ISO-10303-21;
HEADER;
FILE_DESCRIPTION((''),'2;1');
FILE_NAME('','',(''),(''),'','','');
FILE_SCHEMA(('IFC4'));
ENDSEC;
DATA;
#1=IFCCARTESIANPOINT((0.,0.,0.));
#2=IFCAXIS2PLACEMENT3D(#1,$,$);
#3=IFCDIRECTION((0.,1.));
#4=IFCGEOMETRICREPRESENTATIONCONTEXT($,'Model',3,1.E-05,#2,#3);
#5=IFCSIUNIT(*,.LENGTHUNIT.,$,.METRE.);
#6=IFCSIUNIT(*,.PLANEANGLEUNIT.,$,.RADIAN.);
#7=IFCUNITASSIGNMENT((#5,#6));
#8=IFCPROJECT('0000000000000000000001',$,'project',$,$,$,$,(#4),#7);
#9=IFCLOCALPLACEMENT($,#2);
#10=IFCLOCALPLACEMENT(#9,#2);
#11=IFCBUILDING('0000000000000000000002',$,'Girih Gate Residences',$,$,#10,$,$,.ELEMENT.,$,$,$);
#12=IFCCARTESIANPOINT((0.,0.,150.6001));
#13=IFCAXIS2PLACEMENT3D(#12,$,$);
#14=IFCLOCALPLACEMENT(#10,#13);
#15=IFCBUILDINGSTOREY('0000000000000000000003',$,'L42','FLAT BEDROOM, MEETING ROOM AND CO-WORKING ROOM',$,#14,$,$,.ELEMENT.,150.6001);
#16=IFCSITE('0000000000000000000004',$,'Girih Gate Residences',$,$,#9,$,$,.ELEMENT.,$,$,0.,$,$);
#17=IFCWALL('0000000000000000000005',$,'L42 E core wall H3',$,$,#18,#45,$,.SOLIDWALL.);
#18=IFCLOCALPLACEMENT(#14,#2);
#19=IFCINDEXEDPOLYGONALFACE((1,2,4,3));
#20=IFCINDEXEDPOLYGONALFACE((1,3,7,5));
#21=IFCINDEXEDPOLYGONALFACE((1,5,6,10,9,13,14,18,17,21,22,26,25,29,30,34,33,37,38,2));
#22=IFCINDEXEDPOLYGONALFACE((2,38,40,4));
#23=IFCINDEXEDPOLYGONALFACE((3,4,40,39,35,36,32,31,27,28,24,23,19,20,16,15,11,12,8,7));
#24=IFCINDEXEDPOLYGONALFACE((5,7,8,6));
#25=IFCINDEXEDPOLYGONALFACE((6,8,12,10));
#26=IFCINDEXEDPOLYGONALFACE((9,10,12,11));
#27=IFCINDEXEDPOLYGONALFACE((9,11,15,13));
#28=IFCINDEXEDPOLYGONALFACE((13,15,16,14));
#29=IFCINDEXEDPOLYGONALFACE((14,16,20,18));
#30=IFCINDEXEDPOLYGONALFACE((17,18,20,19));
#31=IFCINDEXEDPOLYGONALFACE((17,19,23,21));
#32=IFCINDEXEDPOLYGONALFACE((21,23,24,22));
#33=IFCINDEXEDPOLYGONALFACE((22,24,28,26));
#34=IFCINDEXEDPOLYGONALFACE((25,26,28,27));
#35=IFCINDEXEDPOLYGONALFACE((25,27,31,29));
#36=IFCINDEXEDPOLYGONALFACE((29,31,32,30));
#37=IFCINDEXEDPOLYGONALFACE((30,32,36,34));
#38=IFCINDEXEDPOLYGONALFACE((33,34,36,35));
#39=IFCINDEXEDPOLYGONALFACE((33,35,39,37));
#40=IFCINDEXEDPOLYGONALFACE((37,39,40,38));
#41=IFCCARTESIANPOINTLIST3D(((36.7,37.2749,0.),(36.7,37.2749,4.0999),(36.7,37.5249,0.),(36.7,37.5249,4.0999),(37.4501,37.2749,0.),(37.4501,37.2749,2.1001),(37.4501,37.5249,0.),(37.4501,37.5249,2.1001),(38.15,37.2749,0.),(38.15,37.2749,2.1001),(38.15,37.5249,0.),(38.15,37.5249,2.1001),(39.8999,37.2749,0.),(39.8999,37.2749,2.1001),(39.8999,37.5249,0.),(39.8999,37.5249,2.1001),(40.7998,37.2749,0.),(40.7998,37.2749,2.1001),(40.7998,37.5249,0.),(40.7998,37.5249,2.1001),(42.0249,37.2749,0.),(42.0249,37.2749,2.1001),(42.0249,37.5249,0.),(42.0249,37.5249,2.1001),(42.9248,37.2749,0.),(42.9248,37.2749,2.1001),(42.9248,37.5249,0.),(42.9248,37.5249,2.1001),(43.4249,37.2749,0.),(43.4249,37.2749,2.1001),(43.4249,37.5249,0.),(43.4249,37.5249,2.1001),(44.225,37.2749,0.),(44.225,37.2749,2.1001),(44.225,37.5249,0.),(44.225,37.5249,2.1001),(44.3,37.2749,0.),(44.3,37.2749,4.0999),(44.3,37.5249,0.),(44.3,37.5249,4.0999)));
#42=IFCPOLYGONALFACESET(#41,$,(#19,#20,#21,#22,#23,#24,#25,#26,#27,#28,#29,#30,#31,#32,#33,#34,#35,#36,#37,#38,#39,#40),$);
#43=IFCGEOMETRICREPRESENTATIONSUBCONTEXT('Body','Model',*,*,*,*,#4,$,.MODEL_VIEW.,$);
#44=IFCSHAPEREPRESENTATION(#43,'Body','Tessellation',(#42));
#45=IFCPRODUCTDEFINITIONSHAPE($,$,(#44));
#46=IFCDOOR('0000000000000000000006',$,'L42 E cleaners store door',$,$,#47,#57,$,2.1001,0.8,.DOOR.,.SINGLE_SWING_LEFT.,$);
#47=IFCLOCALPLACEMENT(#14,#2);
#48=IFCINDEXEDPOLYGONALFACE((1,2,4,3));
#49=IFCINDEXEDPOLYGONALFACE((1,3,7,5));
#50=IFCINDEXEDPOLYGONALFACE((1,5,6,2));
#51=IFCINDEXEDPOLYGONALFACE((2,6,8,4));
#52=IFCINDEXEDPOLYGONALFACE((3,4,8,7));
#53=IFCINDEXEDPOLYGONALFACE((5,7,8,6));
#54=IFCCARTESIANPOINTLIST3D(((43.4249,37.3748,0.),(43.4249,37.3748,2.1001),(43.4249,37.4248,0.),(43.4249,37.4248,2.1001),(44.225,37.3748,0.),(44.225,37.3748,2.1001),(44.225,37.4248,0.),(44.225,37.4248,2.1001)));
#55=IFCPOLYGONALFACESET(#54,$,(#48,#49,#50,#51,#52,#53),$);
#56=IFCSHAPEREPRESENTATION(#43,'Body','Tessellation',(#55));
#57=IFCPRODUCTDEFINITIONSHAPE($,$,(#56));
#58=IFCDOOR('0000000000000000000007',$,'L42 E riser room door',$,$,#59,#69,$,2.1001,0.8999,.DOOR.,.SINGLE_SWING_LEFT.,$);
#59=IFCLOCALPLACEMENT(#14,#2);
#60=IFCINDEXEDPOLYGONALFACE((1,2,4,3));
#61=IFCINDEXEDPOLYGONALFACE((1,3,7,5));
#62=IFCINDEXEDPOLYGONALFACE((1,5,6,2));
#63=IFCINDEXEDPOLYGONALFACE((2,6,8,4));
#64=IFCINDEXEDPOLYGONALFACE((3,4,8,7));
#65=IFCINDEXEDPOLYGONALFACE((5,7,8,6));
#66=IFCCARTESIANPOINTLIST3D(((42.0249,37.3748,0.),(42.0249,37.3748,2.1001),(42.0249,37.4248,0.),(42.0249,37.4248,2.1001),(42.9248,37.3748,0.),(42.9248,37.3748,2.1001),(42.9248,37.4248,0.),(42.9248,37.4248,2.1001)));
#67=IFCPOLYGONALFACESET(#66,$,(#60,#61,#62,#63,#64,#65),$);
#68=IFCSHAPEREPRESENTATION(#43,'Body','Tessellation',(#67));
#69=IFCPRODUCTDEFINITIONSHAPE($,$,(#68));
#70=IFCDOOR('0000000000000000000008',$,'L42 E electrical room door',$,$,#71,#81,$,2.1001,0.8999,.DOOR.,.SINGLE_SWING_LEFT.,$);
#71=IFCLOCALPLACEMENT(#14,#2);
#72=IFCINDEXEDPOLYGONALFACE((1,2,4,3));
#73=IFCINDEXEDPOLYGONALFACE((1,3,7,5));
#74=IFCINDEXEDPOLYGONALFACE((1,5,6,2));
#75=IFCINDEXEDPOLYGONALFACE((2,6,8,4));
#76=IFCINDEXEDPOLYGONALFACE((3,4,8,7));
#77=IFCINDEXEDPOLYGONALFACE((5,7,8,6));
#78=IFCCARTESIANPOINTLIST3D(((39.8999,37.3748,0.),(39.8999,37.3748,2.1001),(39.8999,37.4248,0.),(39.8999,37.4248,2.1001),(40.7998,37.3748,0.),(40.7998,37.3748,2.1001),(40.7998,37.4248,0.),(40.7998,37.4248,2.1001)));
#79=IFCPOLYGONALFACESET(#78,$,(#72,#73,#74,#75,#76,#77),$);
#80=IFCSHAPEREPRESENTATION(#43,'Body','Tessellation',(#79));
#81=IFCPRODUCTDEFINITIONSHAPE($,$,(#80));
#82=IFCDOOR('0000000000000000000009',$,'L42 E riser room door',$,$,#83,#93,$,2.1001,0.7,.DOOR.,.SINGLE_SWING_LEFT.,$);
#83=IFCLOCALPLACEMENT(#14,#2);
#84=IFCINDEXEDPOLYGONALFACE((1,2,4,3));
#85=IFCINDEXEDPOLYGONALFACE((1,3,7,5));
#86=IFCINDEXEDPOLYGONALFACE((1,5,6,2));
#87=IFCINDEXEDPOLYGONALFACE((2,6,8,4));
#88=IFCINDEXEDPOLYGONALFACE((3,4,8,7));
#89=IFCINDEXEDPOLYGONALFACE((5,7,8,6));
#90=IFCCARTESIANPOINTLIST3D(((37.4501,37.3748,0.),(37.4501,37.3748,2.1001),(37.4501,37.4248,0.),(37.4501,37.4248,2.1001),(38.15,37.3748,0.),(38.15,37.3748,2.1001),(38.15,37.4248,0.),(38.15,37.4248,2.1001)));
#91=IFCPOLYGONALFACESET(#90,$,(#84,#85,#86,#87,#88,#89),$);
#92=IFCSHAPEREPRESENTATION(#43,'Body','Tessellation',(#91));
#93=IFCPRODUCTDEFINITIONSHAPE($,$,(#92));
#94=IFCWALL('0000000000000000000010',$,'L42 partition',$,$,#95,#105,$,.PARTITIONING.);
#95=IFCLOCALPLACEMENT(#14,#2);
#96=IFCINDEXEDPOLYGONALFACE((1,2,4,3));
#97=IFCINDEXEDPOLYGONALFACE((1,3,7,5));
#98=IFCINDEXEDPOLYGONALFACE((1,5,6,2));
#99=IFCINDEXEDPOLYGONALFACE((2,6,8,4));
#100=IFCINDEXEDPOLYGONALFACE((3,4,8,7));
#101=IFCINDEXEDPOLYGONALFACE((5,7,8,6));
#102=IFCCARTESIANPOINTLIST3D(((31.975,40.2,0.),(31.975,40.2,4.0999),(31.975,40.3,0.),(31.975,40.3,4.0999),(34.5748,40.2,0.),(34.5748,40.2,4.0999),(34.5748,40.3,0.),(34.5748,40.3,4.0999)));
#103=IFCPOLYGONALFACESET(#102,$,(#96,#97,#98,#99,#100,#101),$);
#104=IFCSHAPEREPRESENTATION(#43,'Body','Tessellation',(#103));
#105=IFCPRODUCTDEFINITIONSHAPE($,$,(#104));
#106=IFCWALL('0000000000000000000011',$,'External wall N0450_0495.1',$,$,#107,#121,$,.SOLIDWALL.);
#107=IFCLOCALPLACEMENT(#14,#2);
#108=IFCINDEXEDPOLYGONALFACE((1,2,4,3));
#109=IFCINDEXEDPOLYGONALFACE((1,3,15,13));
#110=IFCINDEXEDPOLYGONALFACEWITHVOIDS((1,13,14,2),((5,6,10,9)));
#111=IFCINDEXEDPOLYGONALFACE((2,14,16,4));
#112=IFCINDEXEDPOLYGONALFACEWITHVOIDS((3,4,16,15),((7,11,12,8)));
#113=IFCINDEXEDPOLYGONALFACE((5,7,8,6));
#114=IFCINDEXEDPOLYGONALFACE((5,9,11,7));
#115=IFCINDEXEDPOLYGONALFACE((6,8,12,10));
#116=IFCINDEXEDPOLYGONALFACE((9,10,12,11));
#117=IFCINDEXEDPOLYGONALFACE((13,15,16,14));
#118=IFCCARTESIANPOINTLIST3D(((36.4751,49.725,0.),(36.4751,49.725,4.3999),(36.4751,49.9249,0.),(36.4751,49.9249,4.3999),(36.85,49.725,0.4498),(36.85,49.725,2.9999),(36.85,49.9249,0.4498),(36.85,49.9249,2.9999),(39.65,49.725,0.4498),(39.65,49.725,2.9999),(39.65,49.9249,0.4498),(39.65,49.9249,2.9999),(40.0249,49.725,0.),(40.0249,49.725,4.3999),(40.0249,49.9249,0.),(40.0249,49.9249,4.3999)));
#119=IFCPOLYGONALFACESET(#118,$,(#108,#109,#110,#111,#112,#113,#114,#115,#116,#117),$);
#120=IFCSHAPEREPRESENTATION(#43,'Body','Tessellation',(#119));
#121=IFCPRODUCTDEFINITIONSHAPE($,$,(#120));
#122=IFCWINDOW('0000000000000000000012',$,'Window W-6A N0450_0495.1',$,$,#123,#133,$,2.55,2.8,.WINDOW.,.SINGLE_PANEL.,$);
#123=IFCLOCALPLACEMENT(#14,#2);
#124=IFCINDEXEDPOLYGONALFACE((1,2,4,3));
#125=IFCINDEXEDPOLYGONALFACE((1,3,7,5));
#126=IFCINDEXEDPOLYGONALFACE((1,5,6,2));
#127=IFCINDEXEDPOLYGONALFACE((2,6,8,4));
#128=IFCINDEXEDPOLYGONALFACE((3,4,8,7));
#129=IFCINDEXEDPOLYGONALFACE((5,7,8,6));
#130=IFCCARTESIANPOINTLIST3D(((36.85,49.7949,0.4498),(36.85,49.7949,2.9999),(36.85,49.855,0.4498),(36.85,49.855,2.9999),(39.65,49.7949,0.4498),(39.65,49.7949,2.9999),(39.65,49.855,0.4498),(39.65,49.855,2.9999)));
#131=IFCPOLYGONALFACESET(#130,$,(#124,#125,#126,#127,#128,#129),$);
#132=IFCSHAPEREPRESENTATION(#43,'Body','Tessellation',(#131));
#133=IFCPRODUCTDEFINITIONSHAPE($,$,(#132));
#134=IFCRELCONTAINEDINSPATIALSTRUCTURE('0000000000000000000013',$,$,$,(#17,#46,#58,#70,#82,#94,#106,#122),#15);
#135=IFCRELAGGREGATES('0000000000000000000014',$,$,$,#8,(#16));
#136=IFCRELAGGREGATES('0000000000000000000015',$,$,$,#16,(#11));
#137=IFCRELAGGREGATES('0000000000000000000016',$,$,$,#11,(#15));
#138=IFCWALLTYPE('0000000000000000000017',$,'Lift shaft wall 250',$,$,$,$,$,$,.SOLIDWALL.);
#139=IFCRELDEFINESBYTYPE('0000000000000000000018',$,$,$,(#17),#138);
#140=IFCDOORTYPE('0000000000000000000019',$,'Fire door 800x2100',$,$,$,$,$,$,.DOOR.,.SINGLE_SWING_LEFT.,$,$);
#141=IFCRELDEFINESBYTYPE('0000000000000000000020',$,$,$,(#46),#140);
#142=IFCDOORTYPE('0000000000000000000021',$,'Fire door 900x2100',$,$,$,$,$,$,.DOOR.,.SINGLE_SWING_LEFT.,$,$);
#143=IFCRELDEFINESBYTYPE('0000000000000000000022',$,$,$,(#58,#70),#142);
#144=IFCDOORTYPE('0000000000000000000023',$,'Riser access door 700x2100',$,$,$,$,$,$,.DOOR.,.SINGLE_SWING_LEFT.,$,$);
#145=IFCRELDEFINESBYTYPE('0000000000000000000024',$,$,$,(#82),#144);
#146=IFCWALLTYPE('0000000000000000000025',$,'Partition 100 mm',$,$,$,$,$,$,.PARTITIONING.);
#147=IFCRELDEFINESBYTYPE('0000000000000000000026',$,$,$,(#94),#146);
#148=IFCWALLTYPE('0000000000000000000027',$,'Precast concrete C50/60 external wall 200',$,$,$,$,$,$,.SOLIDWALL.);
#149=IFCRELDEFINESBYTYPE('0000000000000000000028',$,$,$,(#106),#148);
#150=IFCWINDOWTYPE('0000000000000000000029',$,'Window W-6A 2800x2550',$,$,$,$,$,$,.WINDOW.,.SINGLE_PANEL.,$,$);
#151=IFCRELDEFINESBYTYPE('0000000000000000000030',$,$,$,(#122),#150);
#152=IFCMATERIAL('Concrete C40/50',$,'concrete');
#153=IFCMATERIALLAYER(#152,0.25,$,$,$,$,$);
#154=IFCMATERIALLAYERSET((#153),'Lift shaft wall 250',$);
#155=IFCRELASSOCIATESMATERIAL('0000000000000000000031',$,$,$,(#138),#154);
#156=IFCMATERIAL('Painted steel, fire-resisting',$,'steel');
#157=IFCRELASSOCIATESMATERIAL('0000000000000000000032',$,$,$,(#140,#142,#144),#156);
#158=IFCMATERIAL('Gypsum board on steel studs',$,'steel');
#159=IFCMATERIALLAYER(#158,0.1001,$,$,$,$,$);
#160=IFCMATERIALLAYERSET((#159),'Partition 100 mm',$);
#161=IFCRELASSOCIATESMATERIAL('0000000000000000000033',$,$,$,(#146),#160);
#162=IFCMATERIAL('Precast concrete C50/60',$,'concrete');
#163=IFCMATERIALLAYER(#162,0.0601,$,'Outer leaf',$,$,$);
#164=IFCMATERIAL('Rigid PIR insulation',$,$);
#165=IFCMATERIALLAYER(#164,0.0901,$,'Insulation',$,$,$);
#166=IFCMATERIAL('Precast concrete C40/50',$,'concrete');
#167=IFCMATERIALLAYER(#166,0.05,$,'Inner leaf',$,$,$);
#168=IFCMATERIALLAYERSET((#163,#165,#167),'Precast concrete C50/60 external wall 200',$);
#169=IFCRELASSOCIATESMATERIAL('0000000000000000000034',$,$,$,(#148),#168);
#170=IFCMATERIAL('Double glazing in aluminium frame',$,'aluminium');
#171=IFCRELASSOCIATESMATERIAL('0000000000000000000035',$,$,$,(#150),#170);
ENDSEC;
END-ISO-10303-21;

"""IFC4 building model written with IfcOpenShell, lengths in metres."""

from ifc_helpers import new_model, si_unit, direction, frame, frame_2d, origin, place, context, subcontext, project, spatial, rectangle, extrude, material, layer, layer_set, type_object, element, fill, save


model = new_model("IFC4")

# Units and contexts
model_context = context("Model", 3, precision=1e-05, world=origin(), true_north=direction((0.0, 1.0)))
body_context = subcontext(model_context, "Body", "Model", "MODEL_VIEW")
ifc_project = project(units=[si_unit("LENGTHUNIT", "METRE"), si_unit("PLANEANGLEUNIT", "RADIAN")], contexts=[model_context])

# Site, building, storey
site_placement = place(None, origin())
site = spatial("IfcSite", under=ifc_project, at=site_placement, Name="Girih Gate Residences", CompositionType="ELEMENT", RefElevation=0.0)
building_placement = place(site_placement, origin())
building = spatial("IfcBuilding", under=site, at=building_placement, Name="Girih Gate Residences", CompositionType="ELEMENT")
storey_placement = place(building_placement, frame((0.0, 0.0, 150.6001)))
storey = spatial("IfcBuildingStorey", under=building, at=storey_placement, Name="L42", Description="FLAT BEDROOM, MEETING ROOM AND CO-WORKING ROOM", CompositionType="ELEMENT", Elevation=150.6001)

# Shared definitions
ifc_material_1 = material(Name="Gypsum board on steel studs", Category="steel")

# Wall, openings, doors
ifc_material_2 = material(Name="Concrete C40/50", Category="concrete")
ifc_layer_1 = layer(ifc_material_2, 0.25)
ifc_layer_set_1 = layer_set([ifc_layer_1], Name="Lift shaft wall 250")
wall_type_1 = type_object("IfcWallType", Name="Lift shaft wall 250", PredefinedType="SOLIDWALL", material=ifc_layer_set_1)
wall_1_placement = place(storey_placement, frame((36.7, 37.3999, 0.0), z_axis=(0.0, 0.0, 1.0), x_axis=(1.0, 0.0, 0.0)))
wall_1 = element("IfcWall", 1, at=wall_1_placement, inside=storey, type_object=wall_type_1, Name="L42 E core wall H3", PredefinedType="SOLIDWALL", context=body_context, shape_type="SweptSolid", body=[
    extrude(rectangle(XDim=7.6001, YDim=0.25, at=frame_2d((3.8, 0.0))), origin(), (0.0, 0.0, 1.0), 4.0999),
])
opening_1_placement = place(wall_1_placement, frame((0.75, 0.0, 0.0)))
opening_1 = element("IfcOpeningElement", 2, at=opening_1_placement, cuts=wall_1, PredefinedType="OPENING", context=body_context, shape_type="SweptSolid", body=[
    extrude(rectangle(XDim=0.7, YDim=2.1001, at=frame_2d((0.3501, 1.05))), frame((0.0, 0.135, 0.0), z_axis=(0.0, -1.0, 0.0), x_axis=(1.0, 0.0, 0.0)), (0.0, 0.0, 1.0), 0.27),
])
opening_2_placement = place(wall_1_placement, frame((6.7251, 0.0, 0.0)))
opening_2 = element("IfcOpeningElement", 3, at=opening_2_placement, cuts=wall_1, PredefinedType="OPENING", context=body_context, shape_type="SweptSolid", body=[
    extrude(rectangle(XDim=0.8, YDim=2.1001, at=frame_2d((0.3999, 1.05))), frame((0.0, 0.135, 0.0), z_axis=(0.0, -1.0, 0.0), x_axis=(1.0, 0.0, 0.0)), (0.0, 0.0, 1.0), 0.27),
])
opening_3_placement = place(wall_1_placement, frame((5.325, 0.0, 0.0)))
opening_3 = element("IfcOpeningElement", 4, at=opening_3_placement, cuts=wall_1, PredefinedType="OPENING", context=body_context, shape_type="SweptSolid", body=[
    extrude(rectangle(XDim=0.8999, YDim=2.1001, at=frame_2d((0.45, 1.05))), frame((0.0, 0.135, 0.0), z_axis=(0.0, -1.0, 0.0), x_axis=(1.0, 0.0, 0.0)), (0.0, 0.0, 1.0), 0.27),
])
opening_4_placement = place(wall_1_placement, frame((3.2, 0.0, 0.0)))
opening_4 = element("IfcOpeningElement", 5, at=opening_4_placement, cuts=wall_1, PredefinedType="OPENING", context=body_context, shape_type="SweptSolid", body=[
    extrude(rectangle(XDim=0.8999, YDim=2.1001, at=frame_2d((0.45, 1.05))), frame((0.0, 0.135, 0.0), z_axis=(0.0, -1.0, 0.0), x_axis=(1.0, 0.0, 0.0)), (0.0, 0.0, 1.0), 0.27),
])
ifc_material_3 = material(Name="Painted steel, fire-resisting", Category="steel")
door_type_1 = type_object("IfcDoorType", Name="Fire door 800x2100", OperationType="SINGLE_SWING_LEFT", PredefinedType="DOOR", material=ifc_material_3)
door_1_placement = place(opening_2_placement, origin())
door_1 = element("IfcDoor", 6, at=door_1_placement, inside=storey, type_object=door_type_1, Name="L42 E cleaners store door", OperationType="SINGLE_SWING_LEFT", OverallHeight=2.1001, OverallWidth=0.8, PredefinedType="DOOR", context=body_context, shape_type="SweptSolid", body=[
    extrude(rectangle(XDim=0.8, YDim=2.1001, at=frame_2d((0.3999, 1.05))), frame((0.0, 0.0249, 0.0), z_axis=(0.0, -1.0, 0.0), x_axis=(1.0, 0.0, 0.0)), (0.0, 0.0, 1.0), 0.05),
])
fill(opening_2, door_1)
door_type_2 = type_object("IfcDoorType", Name="Fire door 900x2100", OperationType="SINGLE_SWING_LEFT", PredefinedType="DOOR", material=ifc_material_3)
door_2_placement = place(opening_3_placement, origin())
door_2 = element("IfcDoor", 7, at=door_2_placement, inside=storey, type_object=door_type_2, Name="L42 E riser room door", OperationType="SINGLE_SWING_LEFT", OverallHeight=2.1001, OverallWidth=0.8999, PredefinedType="DOOR", context=body_context, shape_type="SweptSolid", body=[
    extrude(rectangle(XDim=0.8999, YDim=2.1001, at=frame_2d((0.45, 1.05))), frame((0.0, 0.0249, 0.0), z_axis=(0.0, -1.0, 0.0), x_axis=(1.0, 0.0, 0.0)), (0.0, 0.0, 1.0), 0.05),
])
fill(opening_3, door_2)
door_3_placement = place(opening_4_placement, origin())
door_3 = element("IfcDoor", 8, at=door_3_placement, inside=storey, type_object=door_type_2, Name="L42 E electrical room door", OperationType="SINGLE_SWING_LEFT", OverallHeight=2.1001, OverallWidth=0.8999, PredefinedType="DOOR", context=body_context, shape_type="SweptSolid", body=[
    extrude(rectangle(XDim=0.8999, YDim=2.1001, at=frame_2d((0.45, 1.05))), frame((0.0, 0.0249, 0.0), z_axis=(0.0, -1.0, 0.0), x_axis=(1.0, 0.0, 0.0)), (0.0, 0.0, 1.0), 0.05),
])
fill(opening_4, door_3)
door_type_3 = type_object("IfcDoorType", Name="Riser access door 700x2100", OperationType="SINGLE_SWING_LEFT", PredefinedType="DOOR", material=ifc_material_3)
door_4_placement = place(opening_1_placement, origin())
door_4 = element("IfcDoor", 9, at=door_4_placement, inside=storey, type_object=door_type_3, Name="L42 E riser room door", OperationType="SINGLE_SWING_LEFT", OverallHeight=2.1001, OverallWidth=0.7, PredefinedType="DOOR", context=body_context, shape_type="SweptSolid", body=[
    extrude(rectangle(XDim=0.7, YDim=2.1001, at=frame_2d((0.3501, 1.05))), frame((0.0, 0.0249, 0.0), z_axis=(0.0, -1.0, 0.0), x_axis=(1.0, 0.0, 0.0)), (0.0, 0.0, 1.0), 0.05),
])
fill(opening_1, door_4)

# Wall
ifc_layer_2 = layer(ifc_material_1, 0.1001)
ifc_layer_set_2 = layer_set([ifc_layer_2], Name="Partition 100 mm")
wall_type_2 = type_object("IfcWallType", Name="Partition 100 mm", PredefinedType="PARTITIONING", material=ifc_layer_set_2)
wall_2_placement = place(storey_placement, frame((31.9751, 40.25, 0.0), z_axis=(0.0, 0.0, 1.0), x_axis=(1.0, 0.0, 0.0)))
element("IfcWall", 10, at=wall_2_placement, inside=storey, type_object=wall_type_2, Name="L42 partition", PredefinedType="PARTITIONING", context=body_context, shape_type="SweptSolid", body=[
    extrude(rectangle(XDim=2.5999, YDim=0.1001, at=frame_2d((1.2998, 0.0))), origin(), (0.0, 0.0, 1.0), 4.0999),
])

# Wall, opening, window
ifc_material_4 = material(Name="Precast concrete C50/60", Category="concrete")
ifc_layer_3 = layer(ifc_material_4, 0.0601, Name="Outer leaf")
ifc_material_5 = material(Name="Rigid PIR insulation")
ifc_layer_4 = layer(ifc_material_5, 0.0901, Name="Insulation")
ifc_material_6 = material(Name="Precast concrete C40/50", Category="concrete")
ifc_layer_5 = layer(ifc_material_6, 0.05, Name="Inner leaf")
ifc_layer_set_3 = layer_set([ifc_layer_3, ifc_layer_4, ifc_layer_5], Name="Precast concrete C50/60 external wall 200")
wall_type_3 = type_object("IfcWallType", Name="Precast concrete C50/60 external wall 200", PredefinedType="SOLIDWALL", material=ifc_layer_set_3)
wall_3_placement = place(storey_placement, frame((36.4751, 49.825, 0.0), z_axis=(0.0, 0.0, 1.0), x_axis=(1.0, 0.0, 0.0)))
wall_3 = element("IfcWall", 11, at=wall_3_placement, inside=storey, type_object=wall_type_3, Name="External wall N0450_0495.1", PredefinedType="SOLIDWALL", context=body_context, shape_type="SweptSolid", body=[
    extrude(rectangle(XDim=3.5498, YDim=0.2, at=frame_2d((1.7749, 0.0))), origin(), (0.0, 0.0, 1.0), 4.3999),
])
opening_5_placement = place(wall_3_placement, frame((0.375, 0.0, 0.45)))
opening_5 = element("IfcOpeningElement", 12, at=opening_5_placement, cuts=wall_3, PredefinedType="OPENING", context=body_context, shape_type="SweptSolid", body=[
    extrude(rectangle(XDim=2.8, YDim=2.55, at=frame_2d((1.3999, 1.2749))), frame((0.0, 0.1099, 0.0), z_axis=(0.0, -1.0, 0.0), x_axis=(1.0, 0.0, 0.0)), (0.0, 0.0, 1.0), 0.22),
])
ifc_material_7 = material(Name="Double glazing in aluminium frame", Category="aluminium")
window_type = type_object("IfcWindowType", Name="Window W-6A 2800x2550", PartitioningType="SINGLE_PANEL", PredefinedType="WINDOW", material=ifc_material_7)
window_1_placement = place(opening_5_placement, origin())
window_1 = element("IfcWindow", 13, at=window_1_placement, inside=storey, type_object=window_type, Name="Window W-6A N0450_0495.1", OverallHeight=2.55, OverallWidth=2.8, PartitioningType="SINGLE_PANEL", PredefinedType="WINDOW", context=body_context, shape_type="SweptSolid", body=[
    extrude(rectangle(XDim=2.8, YDim=2.55, at=frame_2d((1.3999, 1.2749))), frame((0.0, 0.03, 0.0), z_axis=(0.0, -1.0, 0.0), x_axis=(1.0, 0.0, 0.0)), (0.0, 0.0, 1.0), 0.0601),
])
fill(opening_5, window_1)

save(model, "model.ifc")
